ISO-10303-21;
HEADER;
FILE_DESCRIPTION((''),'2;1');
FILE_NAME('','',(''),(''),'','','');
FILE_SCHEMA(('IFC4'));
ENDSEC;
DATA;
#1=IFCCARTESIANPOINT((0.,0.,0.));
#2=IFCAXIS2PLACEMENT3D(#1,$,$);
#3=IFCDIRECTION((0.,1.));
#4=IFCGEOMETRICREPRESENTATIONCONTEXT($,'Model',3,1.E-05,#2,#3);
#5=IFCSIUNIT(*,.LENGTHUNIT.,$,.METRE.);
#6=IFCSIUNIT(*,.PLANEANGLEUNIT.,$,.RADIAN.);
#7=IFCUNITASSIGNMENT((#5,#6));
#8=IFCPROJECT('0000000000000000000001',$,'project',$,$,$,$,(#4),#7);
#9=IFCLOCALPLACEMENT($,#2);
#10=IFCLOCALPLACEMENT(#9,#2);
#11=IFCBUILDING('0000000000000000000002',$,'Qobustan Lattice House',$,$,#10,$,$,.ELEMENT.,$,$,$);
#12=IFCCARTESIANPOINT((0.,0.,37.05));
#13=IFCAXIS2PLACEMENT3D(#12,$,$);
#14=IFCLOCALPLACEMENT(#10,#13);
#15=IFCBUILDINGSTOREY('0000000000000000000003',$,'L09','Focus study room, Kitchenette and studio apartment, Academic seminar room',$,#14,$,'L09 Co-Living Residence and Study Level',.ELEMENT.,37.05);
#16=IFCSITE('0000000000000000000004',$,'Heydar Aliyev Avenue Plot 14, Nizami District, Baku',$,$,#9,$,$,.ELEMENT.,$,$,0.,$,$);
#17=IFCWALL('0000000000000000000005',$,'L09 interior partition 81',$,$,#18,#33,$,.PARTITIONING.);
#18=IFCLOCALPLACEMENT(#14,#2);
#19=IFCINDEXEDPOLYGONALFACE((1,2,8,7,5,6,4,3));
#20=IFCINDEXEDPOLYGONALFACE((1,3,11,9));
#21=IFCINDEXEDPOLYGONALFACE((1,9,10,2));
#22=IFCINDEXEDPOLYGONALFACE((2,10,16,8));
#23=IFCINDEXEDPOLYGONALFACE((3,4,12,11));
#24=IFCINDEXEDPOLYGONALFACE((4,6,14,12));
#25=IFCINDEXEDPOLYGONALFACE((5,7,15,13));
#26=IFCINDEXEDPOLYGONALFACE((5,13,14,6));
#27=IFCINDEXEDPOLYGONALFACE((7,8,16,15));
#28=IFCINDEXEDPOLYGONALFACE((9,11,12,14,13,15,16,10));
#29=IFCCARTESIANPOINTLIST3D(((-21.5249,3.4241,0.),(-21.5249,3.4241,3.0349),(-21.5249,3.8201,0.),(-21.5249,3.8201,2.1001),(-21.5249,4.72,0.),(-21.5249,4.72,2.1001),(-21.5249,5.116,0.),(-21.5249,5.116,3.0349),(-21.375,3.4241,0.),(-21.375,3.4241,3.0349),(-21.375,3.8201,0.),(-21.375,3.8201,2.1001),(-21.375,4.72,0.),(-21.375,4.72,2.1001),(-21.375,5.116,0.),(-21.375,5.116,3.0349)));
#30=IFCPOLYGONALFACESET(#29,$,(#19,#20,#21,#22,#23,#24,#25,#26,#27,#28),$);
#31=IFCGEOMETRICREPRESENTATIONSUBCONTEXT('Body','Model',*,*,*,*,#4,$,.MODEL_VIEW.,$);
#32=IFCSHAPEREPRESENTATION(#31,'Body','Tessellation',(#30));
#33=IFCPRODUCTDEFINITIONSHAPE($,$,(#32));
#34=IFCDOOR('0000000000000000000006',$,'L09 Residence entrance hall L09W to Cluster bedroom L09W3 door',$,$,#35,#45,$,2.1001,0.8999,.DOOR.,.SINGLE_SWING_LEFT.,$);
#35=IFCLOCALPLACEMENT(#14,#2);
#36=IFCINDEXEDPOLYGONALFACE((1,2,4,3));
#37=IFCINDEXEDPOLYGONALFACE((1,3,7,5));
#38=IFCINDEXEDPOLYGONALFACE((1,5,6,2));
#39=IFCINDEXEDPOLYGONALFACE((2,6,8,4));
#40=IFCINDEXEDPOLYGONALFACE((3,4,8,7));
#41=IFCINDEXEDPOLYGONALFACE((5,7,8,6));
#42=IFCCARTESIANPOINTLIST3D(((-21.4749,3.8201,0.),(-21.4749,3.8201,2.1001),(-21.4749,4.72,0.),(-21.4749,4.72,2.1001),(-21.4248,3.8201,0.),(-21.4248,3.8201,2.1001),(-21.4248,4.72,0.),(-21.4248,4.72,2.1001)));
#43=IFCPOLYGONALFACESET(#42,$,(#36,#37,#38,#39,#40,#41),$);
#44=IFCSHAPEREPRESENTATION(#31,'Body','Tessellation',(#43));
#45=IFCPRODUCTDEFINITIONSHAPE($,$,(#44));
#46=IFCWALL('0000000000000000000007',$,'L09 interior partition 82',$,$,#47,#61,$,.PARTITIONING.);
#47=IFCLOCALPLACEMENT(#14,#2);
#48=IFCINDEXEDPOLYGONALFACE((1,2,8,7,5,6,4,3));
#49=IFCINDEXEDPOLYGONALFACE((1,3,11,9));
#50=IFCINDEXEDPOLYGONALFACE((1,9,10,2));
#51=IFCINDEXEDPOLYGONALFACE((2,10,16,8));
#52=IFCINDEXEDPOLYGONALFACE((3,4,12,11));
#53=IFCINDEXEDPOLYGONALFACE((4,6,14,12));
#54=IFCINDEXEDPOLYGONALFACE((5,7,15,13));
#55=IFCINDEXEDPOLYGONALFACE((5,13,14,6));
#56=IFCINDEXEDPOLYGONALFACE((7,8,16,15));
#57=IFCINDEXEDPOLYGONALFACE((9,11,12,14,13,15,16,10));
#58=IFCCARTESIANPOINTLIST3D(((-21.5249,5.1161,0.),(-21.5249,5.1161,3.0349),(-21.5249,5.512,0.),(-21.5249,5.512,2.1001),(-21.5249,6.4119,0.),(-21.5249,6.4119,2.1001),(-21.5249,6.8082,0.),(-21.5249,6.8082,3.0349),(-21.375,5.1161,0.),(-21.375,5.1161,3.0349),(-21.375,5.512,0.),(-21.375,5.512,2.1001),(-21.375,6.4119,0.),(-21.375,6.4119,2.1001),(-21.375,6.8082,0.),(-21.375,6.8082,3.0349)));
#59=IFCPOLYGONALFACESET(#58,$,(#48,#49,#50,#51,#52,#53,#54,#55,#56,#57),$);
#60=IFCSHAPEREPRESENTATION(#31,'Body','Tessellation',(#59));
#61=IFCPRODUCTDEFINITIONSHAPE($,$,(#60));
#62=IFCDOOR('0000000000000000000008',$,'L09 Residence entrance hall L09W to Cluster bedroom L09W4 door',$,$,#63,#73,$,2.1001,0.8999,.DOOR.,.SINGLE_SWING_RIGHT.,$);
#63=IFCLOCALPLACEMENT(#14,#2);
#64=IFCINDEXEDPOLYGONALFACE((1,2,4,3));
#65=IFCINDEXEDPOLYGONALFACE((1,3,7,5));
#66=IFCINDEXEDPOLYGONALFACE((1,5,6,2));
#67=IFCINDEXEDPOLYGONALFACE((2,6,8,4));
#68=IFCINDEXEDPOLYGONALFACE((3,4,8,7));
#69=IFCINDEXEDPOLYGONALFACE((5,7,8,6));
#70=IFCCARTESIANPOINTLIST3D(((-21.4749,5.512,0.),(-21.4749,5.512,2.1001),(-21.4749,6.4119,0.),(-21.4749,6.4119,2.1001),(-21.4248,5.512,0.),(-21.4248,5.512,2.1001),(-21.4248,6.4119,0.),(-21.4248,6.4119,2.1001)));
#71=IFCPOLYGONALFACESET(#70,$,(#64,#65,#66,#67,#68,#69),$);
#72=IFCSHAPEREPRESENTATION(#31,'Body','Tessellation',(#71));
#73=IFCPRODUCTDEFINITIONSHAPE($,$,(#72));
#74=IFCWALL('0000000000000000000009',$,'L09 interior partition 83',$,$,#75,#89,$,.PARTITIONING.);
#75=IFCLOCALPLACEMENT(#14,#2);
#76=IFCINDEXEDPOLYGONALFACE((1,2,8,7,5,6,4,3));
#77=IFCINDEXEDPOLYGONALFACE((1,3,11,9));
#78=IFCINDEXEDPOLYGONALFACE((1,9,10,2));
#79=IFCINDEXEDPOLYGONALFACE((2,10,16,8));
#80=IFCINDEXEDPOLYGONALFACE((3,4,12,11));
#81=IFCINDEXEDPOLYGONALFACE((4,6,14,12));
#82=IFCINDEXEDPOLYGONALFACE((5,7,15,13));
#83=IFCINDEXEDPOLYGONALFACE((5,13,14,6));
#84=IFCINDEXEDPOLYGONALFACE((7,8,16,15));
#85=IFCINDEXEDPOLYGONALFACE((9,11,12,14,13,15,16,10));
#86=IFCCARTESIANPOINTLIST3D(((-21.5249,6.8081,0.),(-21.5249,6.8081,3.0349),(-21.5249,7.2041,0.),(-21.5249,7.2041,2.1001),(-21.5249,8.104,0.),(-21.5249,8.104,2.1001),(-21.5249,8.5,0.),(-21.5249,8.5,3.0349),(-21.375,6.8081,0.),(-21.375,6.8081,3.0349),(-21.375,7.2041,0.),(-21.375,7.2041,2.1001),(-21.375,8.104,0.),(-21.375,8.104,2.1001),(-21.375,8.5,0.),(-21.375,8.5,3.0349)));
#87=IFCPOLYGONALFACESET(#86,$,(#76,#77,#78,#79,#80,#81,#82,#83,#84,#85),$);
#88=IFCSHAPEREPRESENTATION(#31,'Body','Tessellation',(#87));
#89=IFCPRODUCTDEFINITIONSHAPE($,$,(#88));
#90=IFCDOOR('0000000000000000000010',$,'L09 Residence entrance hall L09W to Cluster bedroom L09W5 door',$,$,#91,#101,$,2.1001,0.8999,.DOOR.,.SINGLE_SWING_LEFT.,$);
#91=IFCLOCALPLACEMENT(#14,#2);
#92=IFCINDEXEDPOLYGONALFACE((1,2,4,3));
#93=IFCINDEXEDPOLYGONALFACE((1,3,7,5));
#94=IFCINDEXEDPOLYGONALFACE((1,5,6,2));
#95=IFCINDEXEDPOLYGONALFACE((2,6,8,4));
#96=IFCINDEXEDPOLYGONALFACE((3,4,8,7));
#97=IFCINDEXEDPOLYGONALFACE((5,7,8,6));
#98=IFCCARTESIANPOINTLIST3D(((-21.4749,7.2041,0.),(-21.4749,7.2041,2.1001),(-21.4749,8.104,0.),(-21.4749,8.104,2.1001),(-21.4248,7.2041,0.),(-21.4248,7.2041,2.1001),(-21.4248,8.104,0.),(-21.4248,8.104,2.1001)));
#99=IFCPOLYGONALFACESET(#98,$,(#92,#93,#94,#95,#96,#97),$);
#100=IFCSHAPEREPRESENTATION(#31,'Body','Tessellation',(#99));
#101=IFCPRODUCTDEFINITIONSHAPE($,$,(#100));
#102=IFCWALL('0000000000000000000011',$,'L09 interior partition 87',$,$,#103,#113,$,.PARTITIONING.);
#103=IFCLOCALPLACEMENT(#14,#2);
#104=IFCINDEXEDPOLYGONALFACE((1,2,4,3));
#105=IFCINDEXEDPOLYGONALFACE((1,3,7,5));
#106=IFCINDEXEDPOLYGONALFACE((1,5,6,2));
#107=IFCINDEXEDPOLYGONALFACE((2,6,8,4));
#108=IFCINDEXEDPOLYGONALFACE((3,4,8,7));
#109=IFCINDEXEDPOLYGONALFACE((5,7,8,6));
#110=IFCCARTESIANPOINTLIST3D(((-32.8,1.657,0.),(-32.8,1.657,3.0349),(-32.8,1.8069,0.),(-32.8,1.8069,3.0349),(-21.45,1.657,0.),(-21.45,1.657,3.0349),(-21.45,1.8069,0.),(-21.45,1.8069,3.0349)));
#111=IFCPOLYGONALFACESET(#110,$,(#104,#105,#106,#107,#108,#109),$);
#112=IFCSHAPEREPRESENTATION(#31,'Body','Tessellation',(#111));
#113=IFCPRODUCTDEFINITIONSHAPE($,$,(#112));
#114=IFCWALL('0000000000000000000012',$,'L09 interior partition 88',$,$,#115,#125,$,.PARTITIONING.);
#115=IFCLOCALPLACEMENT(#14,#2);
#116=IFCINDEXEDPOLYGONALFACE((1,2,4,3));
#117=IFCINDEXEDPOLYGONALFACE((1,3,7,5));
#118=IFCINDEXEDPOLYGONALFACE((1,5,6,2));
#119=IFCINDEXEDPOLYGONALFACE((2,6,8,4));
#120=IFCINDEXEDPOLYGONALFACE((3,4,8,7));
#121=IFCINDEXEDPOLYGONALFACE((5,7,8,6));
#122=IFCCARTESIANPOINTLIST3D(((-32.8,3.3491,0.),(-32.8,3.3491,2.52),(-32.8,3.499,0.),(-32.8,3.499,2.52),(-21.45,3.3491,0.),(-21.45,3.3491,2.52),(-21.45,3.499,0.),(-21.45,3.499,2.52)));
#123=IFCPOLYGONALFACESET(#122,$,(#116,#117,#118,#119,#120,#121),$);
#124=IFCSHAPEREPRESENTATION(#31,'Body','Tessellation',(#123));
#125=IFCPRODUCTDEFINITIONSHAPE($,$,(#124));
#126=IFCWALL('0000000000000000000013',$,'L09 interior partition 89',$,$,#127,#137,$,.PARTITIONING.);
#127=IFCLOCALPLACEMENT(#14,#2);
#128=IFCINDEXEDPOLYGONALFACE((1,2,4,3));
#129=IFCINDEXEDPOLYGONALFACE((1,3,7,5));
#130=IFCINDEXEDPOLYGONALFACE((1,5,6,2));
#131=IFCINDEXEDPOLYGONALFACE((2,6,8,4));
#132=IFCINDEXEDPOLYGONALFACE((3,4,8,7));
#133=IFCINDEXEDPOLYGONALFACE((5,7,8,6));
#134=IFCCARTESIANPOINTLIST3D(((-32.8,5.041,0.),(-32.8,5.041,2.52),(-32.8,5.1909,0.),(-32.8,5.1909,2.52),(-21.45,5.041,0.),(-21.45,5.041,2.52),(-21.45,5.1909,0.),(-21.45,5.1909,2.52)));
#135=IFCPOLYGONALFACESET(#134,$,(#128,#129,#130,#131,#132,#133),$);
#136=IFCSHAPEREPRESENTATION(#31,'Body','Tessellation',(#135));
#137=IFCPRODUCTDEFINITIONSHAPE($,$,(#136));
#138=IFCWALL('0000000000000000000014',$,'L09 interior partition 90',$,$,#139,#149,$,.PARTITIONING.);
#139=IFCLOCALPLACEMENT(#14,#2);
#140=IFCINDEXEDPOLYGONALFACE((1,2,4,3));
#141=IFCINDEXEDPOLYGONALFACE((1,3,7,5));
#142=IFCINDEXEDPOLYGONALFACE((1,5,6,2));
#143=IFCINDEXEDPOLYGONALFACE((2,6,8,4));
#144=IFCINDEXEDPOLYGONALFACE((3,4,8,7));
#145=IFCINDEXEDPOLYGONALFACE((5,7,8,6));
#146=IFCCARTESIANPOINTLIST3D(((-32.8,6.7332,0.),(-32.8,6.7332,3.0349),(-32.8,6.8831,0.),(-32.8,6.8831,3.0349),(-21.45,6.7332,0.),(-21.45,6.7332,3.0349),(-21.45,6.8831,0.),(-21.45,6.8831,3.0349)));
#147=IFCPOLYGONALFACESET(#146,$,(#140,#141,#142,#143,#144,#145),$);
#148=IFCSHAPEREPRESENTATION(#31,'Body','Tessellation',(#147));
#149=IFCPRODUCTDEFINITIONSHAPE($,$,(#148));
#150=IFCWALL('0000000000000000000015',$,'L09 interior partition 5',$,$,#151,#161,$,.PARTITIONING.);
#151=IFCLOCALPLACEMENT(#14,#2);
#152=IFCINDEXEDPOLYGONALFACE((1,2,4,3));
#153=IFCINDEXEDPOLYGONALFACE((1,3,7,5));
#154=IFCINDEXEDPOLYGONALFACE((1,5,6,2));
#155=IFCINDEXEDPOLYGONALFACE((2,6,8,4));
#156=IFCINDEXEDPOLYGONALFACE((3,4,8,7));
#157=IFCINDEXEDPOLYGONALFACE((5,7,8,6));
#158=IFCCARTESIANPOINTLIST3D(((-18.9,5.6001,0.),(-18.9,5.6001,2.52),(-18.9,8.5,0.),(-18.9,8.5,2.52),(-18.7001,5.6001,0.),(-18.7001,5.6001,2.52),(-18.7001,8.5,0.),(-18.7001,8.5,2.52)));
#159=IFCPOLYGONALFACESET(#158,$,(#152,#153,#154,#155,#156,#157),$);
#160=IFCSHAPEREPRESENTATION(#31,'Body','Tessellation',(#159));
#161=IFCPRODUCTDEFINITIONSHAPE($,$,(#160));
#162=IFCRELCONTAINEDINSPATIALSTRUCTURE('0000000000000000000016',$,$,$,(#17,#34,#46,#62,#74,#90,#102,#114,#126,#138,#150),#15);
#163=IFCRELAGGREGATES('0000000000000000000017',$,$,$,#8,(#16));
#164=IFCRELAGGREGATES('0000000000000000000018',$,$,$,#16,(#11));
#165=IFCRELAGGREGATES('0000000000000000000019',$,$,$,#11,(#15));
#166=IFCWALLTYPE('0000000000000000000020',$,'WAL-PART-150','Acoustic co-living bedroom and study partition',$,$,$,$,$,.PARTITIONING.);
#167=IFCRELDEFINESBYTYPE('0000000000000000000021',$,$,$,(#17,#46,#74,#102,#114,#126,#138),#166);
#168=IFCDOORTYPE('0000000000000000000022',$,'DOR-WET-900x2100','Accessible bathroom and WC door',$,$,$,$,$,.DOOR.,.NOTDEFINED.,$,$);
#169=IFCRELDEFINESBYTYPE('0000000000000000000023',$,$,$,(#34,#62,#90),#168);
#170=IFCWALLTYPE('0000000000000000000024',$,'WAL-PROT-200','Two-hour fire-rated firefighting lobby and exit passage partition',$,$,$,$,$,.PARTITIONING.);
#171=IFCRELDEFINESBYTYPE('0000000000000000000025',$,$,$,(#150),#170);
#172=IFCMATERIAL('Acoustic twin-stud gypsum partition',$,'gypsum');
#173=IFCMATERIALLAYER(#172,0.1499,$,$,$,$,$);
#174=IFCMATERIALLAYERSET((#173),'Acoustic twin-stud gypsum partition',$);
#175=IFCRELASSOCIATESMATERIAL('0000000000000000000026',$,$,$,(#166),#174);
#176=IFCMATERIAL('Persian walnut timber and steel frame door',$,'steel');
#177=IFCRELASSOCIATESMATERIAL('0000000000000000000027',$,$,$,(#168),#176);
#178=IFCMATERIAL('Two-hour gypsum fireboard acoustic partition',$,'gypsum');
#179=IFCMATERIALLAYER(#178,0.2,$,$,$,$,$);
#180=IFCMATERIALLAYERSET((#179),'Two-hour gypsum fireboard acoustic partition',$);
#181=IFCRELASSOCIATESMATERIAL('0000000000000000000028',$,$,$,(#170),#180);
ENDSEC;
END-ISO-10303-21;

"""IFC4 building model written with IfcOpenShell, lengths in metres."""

from ifc_helpers import new_model, si_unit, direction, frame, frame_2d, origin, place, context, subcontext, project, spatial, rectangle, extrude, material, layer, layer_set, type_object, element, fill, save


model = new_model("IFC4")

# Units and contexts
model_context = context("Model", 3, precision=1e-05, world=origin(), true_north=direction((0.0, 1.0)))
body_context = subcontext(model_context, "Body", "Model", "MODEL_VIEW")
ifc_project = project(units=[si_unit("LENGTHUNIT", "METRE"), si_unit("PLANEANGLEUNIT", "RADIAN")], contexts=[model_context])

# Site, building, storey
site_placement = place(None, origin())
site = spatial("IfcSite", under=ifc_project, at=site_placement, Name="Heydar Aliyev Avenue Plot 14, Nizami District, Baku", CompositionType="ELEMENT", RefElevation=0.0)
building_placement = place(site_placement, origin())
building = spatial("IfcBuilding", under=site, at=building_placement, Name="Qobustan Lattice House", CompositionType="ELEMENT")
storey_placement = place(building_placement, frame((0.0, 0.0, 37.05)))
storey = spatial("IfcBuildingStorey", under=building, at=storey_placement, Name="L09", Description="Focus study room, Kitchenette and studio apartment, Academic seminar room", LongName="L09 Co-Living Residence and Study Level", CompositionType="ELEMENT", Elevation=37.05)

# Shared definitions
ifc_material_1 = material(Name="Acoustic twin-stud gypsum partition", Category="gypsum")
ifc_layer_1 = layer(ifc_material_1, 0.1499)
ifc_layer_set_1 = layer_set([ifc_layer_1], Name="Acoustic twin-stud gypsum partition")
wall_type_1 = type_object("IfcWallType", Name="WAL-PART-150", Description="Acoustic co-living bedroom and study partition", PredefinedType="PARTITIONING", material=ifc_layer_set_1)

# Walls, openings, doors
ifc_material_2 = material(Name="Persian walnut timber and steel frame door", Category="steel")
door_type_1 = type_object("IfcDoorType", Name="DOR-WET-900x2100", Description="Accessible bathroom and WC door", OperationType="NOTDEFINED", PredefinedType="DOOR", material=ifc_material_2)
wall_1_placement = place(storey_placement, frame((-21.45, 3.4241, 0.0), z_axis=(0.0, 0.0, 1.0), x_axis=(0.0, 1.0, 0.0)))
wall_1 = element("IfcWall", 1, at=wall_1_placement, inside=storey, type_object=wall_type_1, Name="L09 interior partition 81", PredefinedType="PARTITIONING", context=body_context, shape_type="SweptSolid", body=[
    extrude(rectangle(XDim=1.6919, YDim=0.1499, at=frame_2d((0.8459, 0.0))), origin(), (0.0, 0.0, 1.0), 3.0349),
])
opening_1_placement = place(wall_1_placement, frame((0.396, 0.0, 0.0)))
opening_1 = element("IfcOpeningElement", 2, at=opening_1_placement, cuts=wall_1, PredefinedType="OPENING", context=body_context, shape_type="SweptSolid", body=[
    extrude(rectangle(XDim=0.8999, YDim=2.1001, at=frame_2d((0.45, 1.05))), frame((0.0, 0.085, 0.0), z_axis=(0.0, -1.0, 0.0), x_axis=(1.0, 0.0, 0.0)), (0.0, 0.0, 1.0), 0.1699),
])
door_1_placement = place(opening_1_placement, origin())
door_1 = element("IfcDoor", 3, at=door_1_placement, inside=storey, type_object=door_type_1, Name="L09 Residence entrance hall L09W to Cluster bedroom L09W3 door", OperationType="SINGLE_SWING_LEFT", OverallHeight=2.1001, OverallWidth=0.8999, PredefinedType="DOOR", context=body_context, shape_type="SweptSolid", body=[
    extrude(rectangle(XDim=0.8999, YDim=2.1001, at=frame_2d((0.45, 1.05))), frame((0.0, 0.0249, 0.0), z_axis=(0.0, -1.0, 0.0), x_axis=(1.0, 0.0, 0.0)), (0.0, 0.0, 1.0), 0.05),
])
fill(opening_1, door_1)
wall_2_placement = place(storey_placement, frame((-21.45, 5.116, 0.0), z_axis=(0.0, 0.0, 1.0), x_axis=(0.0, 1.0, 0.0)))
wall_2 = element("IfcWall", 4, at=wall_2_placement, inside=storey, type_object=wall_type_1, Name="L09 interior partition 82", PredefinedType="PARTITIONING", context=body_context, shape_type="SweptSolid", body=[
    extrude(rectangle(XDim=1.6921, YDim=0.1499, at=frame_2d((0.8462, 0.0))), origin(), (0.0, 0.0, 1.0), 3.0349),
])
opening_2_placement = place(wall_2_placement, frame((0.396, 0.0, 0.0)))
opening_2 = element("IfcOpeningElement", 5, at=opening_2_placement, cuts=wall_2, PredefinedType="OPENING", context=body_context, shape_type="SweptSolid", body=[
    extrude(rectangle(XDim=0.8999, YDim=2.1001, at=frame_2d((0.45, 1.05))), frame((0.0, 0.085, 0.0), z_axis=(0.0, -1.0, 0.0), x_axis=(1.0, 0.0, 0.0)), (0.0, 0.0, 1.0), 0.1699),
])
door_2_placement = place(opening_2_placement, origin())
door_2 = element("IfcDoor", 6, at=door_2_placement, inside=storey, type_object=door_type_1, Name="L09 Residence entrance hall L09W to Cluster bedroom L09W4 door", OperationType="SINGLE_SWING_RIGHT", OverallHeight=2.1001, OverallWidth=0.8999, PredefinedType="DOOR", context=body_context, shape_type="SweptSolid", body=[
    extrude(rectangle(XDim=0.8999, YDim=2.1001, at=frame_2d((0.45, 1.05))), frame((0.0, 0.0249, 0.0), z_axis=(0.0, -1.0, 0.0), x_axis=(1.0, 0.0, 0.0)), (0.0, 0.0, 1.0), 0.05),
])
fill(opening_2, door_2)
wall_3_placement = place(storey_placement, frame((-21.45, 6.8081, 0.0), z_axis=(0.0, 0.0, 1.0), x_axis=(0.0, 1.0, 0.0)))
wall_3 = element("IfcWall", 7, at=wall_3_placement, inside=storey, type_object=wall_type_1, Name="L09 interior partition 83", PredefinedType="PARTITIONING", context=body_context, shape_type="SweptSolid", body=[
    extrude(rectangle(XDim=1.6919, YDim=0.1499, at=frame_2d((0.8459, 0.0))), origin(), (0.0, 0.0, 1.0), 3.0349),
])
opening_3_placement = place(wall_3_placement, frame((0.396, 0.0, 0.0)))
opening_3 = element("IfcOpeningElement", 8, at=opening_3_placement, cuts=wall_3, PredefinedType="OPENING", context=body_context, shape_type="SweptSolid", body=[
    extrude(rectangle(XDim=0.8999, YDim=2.1001, at=frame_2d((0.45, 1.05))), frame((0.0, 0.085, 0.0), z_axis=(0.0, -1.0, 0.0), x_axis=(1.0, 0.0, 0.0)), (0.0, 0.0, 1.0), 0.1699),
])
door_3_placement = place(opening_3_placement, origin())
door_3 = element("IfcDoor", 9, at=door_3_placement, inside=storey, type_object=door_type_1, Name="L09 Residence entrance hall L09W to Cluster bedroom L09W5 door", OperationType="SINGLE_SWING_LEFT", OverallHeight=2.1001, OverallWidth=0.8999, PredefinedType="DOOR", context=body_context, shape_type="SweptSolid", body=[
    extrude(rectangle(XDim=0.8999, YDim=2.1001, at=frame_2d((0.45, 1.05))), frame((0.0, 0.0249, 0.0), z_axis=(0.0, -1.0, 0.0), x_axis=(1.0, 0.0, 0.0)), (0.0, 0.0, 1.0), 0.05),
])
fill(opening_3, door_3)

# Walls
wall_4_placement = place(storey_placement, frame((-32.8, 1.7319, 0.0), z_axis=(0.0, 0.0, 1.0), x_axis=(1.0, 0.0, 0.0)))
element("IfcWall", 10, at=wall_4_placement, inside=storey, type_object=wall_type_1, Name="L09 interior partition 87", PredefinedType="PARTITIONING", context=body_context, shape_type="SweptSolid", body=[
    extrude(rectangle(XDim=11.3501, YDim=0.1499, at=frame_2d((5.675, 0.0))), origin(), (0.0, 0.0, 1.0), 3.0349),
])
for number, where, z_axis, x_axis, name in (
    (11, (-32.8, 3.4241, 0.0), (0.0, 0.0, 1.0), (1.0, 0.0, 0.0), "L09 interior partition 88"),
    (12, (-32.8, 5.116, 0.0), (0.0, 0.0, 1.0), (1.0, 0.0, 0.0), "L09 interior partition 89"),
):
    element("IfcWall", number, at=place(storey_placement, frame(where, z_axis=z_axis, x_axis=x_axis)), inside=storey, type_object=wall_type_1, Name=name, PredefinedType="PARTITIONING", context=body_context, shape_type="SweptSolid", body=[
        extrude(rectangle(XDim=11.3501, YDim=0.1499, at=frame_2d((5.675, 0.0))), origin(), (0.0, 0.0, 1.0), 2.52),
    ])
wall_5_placement = place(storey_placement, frame((-32.8, 6.8081, 0.0), z_axis=(0.0, 0.0, 1.0), x_axis=(1.0, 0.0, 0.0)))
element("IfcWall", 13, at=wall_5_placement, inside=storey, type_object=wall_type_1, Name="L09 interior partition 90", PredefinedType="PARTITIONING", context=body_context, shape_type="SweptSolid", body=[
    extrude(rectangle(XDim=11.3501, YDim=0.1499, at=frame_2d((5.675, 0.0))), origin(), (0.0, 0.0, 1.0), 3.0349),
])
ifc_material_3 = material(Name="Two-hour gypsum fireboard acoustic partition", Category="gypsum")
ifc_layer_2 = layer(ifc_material_3, 0.2)
ifc_layer_set_2 = layer_set([ifc_layer_2], Name="Two-hour gypsum fireboard acoustic partition")
wall_type_2 = type_object("IfcWallType", Name="WAL-PROT-200", Description="Two-hour fire-rated firefighting lobby and exit passage partition", PredefinedType="PARTITIONING", material=ifc_layer_set_2)
wall_6_placement = place(storey_placement, frame((-18.8, 8.5, 0.0), z_axis=(0.0, 0.0, 1.0), x_axis=(0.0, -1.0, 0.0)))
element("IfcWall", 14, at=wall_6_placement, inside=storey, type_object=wall_type_2, Name="L09 interior partition 5", PredefinedType="PARTITIONING", context=body_context, shape_type="SweptSolid", body=[
    extrude(rectangle(XDim=2.8999, YDim=0.2, at=frame_2d((1.45, 0.0))), origin(), (0.0, 0.0, 1.0), 2.52),
])

save(model, "model.ifc")
